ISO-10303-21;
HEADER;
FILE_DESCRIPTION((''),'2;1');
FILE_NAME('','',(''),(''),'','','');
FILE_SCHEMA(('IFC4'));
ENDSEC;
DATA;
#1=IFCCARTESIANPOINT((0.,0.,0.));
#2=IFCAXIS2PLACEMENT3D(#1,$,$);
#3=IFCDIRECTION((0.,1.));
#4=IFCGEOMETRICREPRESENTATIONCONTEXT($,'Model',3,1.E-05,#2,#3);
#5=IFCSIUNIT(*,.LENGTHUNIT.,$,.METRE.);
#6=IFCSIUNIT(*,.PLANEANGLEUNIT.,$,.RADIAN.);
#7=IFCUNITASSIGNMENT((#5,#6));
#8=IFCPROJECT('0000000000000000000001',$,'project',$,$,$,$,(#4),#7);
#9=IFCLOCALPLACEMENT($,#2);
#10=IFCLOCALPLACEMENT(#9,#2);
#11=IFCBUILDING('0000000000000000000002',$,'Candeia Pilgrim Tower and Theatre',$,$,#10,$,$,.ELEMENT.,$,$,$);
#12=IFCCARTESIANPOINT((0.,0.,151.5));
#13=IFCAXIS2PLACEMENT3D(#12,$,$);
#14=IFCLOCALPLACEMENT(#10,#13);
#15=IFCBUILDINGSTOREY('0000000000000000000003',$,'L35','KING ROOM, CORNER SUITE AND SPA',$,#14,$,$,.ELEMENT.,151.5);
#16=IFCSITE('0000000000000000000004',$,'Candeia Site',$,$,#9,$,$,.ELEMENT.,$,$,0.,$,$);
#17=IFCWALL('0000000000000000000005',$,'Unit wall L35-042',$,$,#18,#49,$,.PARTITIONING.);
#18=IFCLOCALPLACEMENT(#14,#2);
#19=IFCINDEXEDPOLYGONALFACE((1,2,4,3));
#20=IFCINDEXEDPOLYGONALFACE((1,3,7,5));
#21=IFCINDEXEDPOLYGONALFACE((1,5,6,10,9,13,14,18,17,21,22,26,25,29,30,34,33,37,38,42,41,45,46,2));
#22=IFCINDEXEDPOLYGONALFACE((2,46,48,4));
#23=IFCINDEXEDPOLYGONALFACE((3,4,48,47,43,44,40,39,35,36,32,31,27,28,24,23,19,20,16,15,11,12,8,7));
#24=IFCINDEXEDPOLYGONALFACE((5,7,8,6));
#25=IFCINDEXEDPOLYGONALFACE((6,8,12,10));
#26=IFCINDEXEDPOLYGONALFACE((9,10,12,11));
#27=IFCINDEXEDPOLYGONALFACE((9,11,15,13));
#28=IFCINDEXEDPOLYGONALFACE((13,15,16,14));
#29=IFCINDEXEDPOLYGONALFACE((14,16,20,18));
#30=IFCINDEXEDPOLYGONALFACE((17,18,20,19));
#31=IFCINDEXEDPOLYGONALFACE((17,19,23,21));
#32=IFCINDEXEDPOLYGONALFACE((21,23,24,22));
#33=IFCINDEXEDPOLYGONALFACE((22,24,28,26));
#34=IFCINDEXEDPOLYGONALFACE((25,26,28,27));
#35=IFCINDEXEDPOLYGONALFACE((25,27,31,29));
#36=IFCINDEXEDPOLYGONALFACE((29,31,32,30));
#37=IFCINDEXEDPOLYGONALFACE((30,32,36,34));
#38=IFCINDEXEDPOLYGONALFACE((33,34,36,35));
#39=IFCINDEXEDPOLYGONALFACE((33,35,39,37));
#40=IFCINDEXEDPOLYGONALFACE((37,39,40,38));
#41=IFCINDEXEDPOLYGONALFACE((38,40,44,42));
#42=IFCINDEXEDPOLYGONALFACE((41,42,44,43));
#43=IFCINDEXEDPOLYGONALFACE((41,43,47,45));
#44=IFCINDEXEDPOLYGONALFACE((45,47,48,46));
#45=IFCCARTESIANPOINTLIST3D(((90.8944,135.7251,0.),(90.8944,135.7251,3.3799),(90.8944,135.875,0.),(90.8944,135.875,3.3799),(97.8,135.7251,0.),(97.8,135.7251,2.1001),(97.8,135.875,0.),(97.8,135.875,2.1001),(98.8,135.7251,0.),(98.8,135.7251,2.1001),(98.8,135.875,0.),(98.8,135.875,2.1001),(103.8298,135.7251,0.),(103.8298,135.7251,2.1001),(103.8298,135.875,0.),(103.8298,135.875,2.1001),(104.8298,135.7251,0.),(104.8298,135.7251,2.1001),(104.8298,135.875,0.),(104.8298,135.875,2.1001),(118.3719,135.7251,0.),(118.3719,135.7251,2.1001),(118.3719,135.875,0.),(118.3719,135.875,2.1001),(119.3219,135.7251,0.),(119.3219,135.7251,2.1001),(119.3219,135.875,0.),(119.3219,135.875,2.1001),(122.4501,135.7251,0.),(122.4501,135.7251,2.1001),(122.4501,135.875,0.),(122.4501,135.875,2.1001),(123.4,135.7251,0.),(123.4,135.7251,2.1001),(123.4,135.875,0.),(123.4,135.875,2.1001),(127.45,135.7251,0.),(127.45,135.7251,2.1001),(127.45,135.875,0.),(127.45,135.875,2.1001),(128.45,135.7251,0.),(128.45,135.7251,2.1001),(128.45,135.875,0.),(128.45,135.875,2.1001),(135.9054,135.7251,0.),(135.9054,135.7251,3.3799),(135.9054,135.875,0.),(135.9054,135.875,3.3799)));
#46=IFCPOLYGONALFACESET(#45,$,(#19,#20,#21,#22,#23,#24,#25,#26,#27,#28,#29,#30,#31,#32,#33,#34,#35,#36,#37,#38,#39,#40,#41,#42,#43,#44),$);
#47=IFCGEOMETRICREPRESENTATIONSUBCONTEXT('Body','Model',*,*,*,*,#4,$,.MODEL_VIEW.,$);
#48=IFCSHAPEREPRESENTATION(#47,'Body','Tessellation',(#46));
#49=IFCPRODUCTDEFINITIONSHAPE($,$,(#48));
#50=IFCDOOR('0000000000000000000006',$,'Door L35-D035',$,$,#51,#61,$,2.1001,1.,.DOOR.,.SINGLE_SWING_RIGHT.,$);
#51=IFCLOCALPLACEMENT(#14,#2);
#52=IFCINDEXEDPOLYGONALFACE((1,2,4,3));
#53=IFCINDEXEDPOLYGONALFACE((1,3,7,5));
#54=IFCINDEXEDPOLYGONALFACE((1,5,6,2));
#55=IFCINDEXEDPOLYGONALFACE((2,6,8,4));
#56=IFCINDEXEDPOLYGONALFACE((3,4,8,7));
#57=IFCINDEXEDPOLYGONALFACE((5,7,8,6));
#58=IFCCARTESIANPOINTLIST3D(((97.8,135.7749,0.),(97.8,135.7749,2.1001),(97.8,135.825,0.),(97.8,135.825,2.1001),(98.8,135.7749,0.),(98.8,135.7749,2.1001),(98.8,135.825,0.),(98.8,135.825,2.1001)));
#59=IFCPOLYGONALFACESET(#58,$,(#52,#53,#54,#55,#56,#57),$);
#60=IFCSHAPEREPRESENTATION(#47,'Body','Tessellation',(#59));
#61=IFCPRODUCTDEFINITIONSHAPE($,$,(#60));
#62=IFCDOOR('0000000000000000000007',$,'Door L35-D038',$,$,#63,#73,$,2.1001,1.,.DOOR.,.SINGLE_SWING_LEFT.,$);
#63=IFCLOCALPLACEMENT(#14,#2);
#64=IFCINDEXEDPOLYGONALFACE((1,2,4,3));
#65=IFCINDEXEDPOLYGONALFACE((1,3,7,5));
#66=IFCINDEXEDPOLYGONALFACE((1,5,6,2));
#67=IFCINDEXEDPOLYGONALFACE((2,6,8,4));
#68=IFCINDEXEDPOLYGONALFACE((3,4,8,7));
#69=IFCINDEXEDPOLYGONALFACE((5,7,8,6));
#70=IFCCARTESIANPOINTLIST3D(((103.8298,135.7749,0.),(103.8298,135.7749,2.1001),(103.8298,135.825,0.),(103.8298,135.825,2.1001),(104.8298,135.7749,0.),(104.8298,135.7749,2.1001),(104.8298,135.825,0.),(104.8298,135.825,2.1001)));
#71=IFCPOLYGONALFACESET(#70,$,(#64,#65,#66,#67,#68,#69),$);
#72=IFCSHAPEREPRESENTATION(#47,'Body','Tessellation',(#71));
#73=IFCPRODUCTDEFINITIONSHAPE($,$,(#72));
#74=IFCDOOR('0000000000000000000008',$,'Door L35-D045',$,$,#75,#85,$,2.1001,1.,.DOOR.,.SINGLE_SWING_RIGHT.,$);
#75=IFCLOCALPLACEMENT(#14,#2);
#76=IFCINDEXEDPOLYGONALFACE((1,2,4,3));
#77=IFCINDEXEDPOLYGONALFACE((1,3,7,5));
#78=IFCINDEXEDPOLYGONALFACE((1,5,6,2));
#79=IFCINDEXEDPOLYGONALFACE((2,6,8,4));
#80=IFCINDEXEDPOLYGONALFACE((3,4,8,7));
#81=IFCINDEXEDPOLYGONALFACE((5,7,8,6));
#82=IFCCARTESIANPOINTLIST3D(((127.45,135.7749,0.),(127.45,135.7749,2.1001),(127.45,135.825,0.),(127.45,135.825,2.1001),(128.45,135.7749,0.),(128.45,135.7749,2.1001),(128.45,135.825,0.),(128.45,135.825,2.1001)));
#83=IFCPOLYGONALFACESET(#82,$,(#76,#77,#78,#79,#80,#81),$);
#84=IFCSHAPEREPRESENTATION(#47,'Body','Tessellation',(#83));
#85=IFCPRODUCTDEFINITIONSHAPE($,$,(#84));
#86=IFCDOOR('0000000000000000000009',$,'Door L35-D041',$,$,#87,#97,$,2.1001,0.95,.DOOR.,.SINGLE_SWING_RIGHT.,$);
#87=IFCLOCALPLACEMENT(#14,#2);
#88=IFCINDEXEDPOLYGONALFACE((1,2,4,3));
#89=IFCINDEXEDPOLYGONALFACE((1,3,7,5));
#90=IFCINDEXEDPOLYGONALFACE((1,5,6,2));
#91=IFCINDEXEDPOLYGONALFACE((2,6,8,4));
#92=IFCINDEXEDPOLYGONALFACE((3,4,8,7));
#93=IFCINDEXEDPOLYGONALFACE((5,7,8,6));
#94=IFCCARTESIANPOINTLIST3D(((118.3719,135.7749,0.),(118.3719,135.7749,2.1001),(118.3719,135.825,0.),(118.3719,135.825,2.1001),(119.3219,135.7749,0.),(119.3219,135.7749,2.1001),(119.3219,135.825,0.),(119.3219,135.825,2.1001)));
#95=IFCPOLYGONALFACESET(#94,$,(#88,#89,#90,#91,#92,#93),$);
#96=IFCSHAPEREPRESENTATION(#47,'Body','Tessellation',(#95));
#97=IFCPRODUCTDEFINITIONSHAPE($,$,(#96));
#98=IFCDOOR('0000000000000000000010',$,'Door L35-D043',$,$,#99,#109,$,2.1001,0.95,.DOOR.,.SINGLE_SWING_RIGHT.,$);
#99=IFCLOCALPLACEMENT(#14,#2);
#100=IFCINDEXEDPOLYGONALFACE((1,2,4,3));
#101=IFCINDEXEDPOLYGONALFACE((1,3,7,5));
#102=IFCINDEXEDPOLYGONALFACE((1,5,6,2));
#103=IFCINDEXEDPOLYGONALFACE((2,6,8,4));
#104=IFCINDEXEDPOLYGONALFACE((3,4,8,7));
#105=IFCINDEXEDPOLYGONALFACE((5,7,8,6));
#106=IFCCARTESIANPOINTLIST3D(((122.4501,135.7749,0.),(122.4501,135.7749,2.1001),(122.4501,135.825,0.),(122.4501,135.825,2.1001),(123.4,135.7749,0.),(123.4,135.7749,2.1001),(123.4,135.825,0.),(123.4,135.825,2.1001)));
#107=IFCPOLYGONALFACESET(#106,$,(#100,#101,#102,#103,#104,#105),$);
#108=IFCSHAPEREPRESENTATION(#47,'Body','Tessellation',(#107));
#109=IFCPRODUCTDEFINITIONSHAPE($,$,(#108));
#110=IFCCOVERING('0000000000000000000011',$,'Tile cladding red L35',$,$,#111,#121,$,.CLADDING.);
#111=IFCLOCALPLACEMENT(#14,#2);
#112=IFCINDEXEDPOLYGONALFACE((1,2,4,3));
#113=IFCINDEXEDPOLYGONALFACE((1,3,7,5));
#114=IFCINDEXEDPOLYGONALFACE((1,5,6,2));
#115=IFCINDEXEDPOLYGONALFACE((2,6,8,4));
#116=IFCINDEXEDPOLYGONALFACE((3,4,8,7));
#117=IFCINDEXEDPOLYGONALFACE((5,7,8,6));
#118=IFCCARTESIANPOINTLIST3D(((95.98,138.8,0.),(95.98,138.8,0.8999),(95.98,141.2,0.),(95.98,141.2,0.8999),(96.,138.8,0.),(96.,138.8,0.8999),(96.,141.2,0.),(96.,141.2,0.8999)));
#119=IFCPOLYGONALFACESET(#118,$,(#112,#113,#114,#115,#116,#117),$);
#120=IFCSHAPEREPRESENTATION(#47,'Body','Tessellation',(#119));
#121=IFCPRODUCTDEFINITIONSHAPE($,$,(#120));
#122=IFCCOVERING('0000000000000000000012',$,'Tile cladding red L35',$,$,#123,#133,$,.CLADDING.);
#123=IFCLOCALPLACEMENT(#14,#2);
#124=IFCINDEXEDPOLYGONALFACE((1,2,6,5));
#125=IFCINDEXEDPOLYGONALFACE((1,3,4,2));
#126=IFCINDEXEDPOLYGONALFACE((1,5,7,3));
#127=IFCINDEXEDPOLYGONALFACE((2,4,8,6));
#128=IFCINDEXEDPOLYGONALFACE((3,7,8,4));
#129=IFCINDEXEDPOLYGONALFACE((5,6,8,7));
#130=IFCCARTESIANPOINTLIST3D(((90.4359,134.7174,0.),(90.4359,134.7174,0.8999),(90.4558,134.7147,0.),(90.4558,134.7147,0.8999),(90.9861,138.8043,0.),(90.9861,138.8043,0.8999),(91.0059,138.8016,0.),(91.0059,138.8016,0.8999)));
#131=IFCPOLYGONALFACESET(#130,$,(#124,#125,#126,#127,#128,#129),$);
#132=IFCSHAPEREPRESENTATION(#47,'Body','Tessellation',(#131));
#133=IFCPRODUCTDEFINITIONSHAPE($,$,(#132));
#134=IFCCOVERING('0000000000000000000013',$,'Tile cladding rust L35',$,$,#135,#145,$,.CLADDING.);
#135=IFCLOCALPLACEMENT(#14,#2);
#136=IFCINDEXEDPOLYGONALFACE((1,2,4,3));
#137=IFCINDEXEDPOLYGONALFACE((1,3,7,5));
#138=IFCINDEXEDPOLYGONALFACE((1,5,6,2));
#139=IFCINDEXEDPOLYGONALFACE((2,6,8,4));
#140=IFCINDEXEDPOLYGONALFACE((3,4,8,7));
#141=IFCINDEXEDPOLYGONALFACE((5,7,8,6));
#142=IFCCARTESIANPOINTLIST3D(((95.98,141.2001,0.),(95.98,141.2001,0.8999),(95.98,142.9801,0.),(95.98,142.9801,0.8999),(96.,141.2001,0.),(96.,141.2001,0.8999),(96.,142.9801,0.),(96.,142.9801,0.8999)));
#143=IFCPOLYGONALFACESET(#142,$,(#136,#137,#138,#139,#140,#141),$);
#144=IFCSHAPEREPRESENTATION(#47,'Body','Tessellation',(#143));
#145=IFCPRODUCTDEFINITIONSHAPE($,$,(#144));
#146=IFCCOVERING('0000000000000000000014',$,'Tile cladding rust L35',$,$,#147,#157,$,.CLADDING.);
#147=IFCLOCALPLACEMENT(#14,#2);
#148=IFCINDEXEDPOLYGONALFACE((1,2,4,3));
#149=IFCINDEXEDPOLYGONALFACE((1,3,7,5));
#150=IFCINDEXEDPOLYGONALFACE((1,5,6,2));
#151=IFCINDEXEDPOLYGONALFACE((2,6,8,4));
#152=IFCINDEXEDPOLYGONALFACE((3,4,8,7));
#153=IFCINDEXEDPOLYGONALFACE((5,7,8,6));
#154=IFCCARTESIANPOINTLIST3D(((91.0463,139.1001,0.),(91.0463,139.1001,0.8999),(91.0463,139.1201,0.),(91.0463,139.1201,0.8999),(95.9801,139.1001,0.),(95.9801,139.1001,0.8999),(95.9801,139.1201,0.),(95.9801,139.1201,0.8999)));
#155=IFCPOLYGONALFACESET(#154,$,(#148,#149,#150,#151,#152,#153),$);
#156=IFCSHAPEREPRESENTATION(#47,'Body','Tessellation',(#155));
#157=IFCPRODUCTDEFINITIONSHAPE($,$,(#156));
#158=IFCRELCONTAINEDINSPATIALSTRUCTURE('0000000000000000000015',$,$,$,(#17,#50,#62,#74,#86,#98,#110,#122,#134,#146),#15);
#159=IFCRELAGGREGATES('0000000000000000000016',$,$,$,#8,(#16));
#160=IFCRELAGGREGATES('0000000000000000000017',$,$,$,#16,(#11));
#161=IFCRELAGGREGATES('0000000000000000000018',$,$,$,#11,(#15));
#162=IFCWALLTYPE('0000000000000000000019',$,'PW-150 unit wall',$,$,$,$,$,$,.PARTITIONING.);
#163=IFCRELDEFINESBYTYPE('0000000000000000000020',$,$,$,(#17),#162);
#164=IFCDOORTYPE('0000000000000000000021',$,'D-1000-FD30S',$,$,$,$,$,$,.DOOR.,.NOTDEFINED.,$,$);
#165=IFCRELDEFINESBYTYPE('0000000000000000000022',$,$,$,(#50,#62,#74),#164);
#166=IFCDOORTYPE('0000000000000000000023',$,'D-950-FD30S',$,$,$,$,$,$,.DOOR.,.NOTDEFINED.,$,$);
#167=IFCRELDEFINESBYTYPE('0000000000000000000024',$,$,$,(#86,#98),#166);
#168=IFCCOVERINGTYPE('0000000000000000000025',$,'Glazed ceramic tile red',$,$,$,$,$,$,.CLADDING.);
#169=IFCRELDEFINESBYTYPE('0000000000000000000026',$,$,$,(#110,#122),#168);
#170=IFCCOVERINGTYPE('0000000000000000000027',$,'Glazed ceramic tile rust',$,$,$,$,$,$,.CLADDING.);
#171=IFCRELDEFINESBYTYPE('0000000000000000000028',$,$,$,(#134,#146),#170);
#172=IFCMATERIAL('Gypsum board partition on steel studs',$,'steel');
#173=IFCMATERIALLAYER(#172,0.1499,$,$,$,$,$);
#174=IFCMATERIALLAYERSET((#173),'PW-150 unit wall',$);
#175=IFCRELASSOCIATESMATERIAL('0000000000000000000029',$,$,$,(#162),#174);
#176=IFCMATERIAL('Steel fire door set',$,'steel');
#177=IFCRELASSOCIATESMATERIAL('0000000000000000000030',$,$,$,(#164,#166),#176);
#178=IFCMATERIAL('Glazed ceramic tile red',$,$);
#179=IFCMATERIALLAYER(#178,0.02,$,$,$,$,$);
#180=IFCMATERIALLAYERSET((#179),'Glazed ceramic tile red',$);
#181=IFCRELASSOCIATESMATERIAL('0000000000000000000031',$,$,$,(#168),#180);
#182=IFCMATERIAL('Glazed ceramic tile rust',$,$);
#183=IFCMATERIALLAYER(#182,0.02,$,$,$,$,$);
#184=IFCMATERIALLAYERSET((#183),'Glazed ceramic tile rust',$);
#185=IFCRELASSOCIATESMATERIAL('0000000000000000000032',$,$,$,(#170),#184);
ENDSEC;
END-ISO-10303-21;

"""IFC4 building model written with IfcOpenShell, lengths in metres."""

from ifc_helpers import new_model, si_unit, direction, frame, frame_2d, origin, origin_2d, place, context, subcontext, project, spatial, rectangle, extrude, material, layer, layer_set, type_object, element, fill, save


model = new_model("IFC4")

# Units and contexts
model_context = context("Model", 3, precision=1e-05, world=origin(), true_north=direction((0.0, 1.0)))
body_context = subcontext(model_context, "Body", "Model", "MODEL_VIEW")
ifc_project = project(units=[si_unit("LENGTHUNIT", "METRE"), si_unit("PLANEANGLEUNIT", "RADIAN")], contexts=[model_context])

# Site, building, storey
site_placement = place(None, origin())
site = spatial("IfcSite", under=ifc_project, at=site_placement, Name="Candeia Site", CompositionType="ELEMENT", RefElevation=0.0)
building_placement = place(site_placement, origin())
building = spatial("IfcBuilding", under=site, at=building_placement, Name="Candeia Pilgrim Tower and Theatre", CompositionType="ELEMENT")
storey_placement = place(building_placement, frame((0.0, 0.0, 151.5)))
storey = spatial("IfcBuildingStorey", under=building, at=storey_placement, Name="L35", Description="KING ROOM, CORNER SUITE AND SPA", CompositionType="ELEMENT", Elevation=151.5)

# Shared definitions
ifc_material_1 = material(Name="Gypsum board partition on steel studs", Category="steel")

# Wall, openings, doors
ifc_layer_1 = layer(ifc_material_1, 0.1499)
ifc_layer_set_1 = layer_set([ifc_layer_1], Name="PW-150 unit wall")
wall_type_1 = type_object("IfcWallType", Name="PW-150 unit wall", PredefinedType="PARTITIONING", material=ifc_layer_set_1)
wall_1_placement = place(storey_placement, frame((90.8945, 135.8, 0.0), z_axis=(0.0, 0.0, 1.0), x_axis=(1.0, 0.0, 0.0)))
wall_1 = element("IfcWall", 1, at=wall_1_placement, inside=storey, type_object=wall_type_1, Name="Unit wall L35-042", PredefinedType="PARTITIONING", context=body_context, shape_type="SweptSolid", body=[
    extrude(rectangle(XDim=45.011, YDim=0.1499, at=frame_2d((22.5054, 0.0))), origin(), (0.0, 0.0, 1.0), 3.3799),
])
opening_1_placement = place(wall_1_placement, frame((6.9055, 0.0, 0.0)))
opening_1 = element("IfcOpeningElement", 2, at=opening_1_placement, cuts=wall_1, PredefinedType="OPENING", context=body_context, shape_type="SweptSolid", body=[
    extrude(rectangle(XDim=1.0, YDim=2.1001, at=frame_2d((0.5, 1.05))), frame((0.0, 0.085, 0.0), z_axis=(0.0, -1.0, 0.0), x_axis=(1.0, 0.0, 0.0)), (0.0, 0.0, 1.0), 0.1699),
])
opening_2_placement = place(wall_1_placement, frame((12.9353, 0.0, 0.0)))
opening_2 = element("IfcOpeningElement", 3, at=opening_2_placement, cuts=wall_1, PredefinedType="OPENING", context=body_context, shape_type="SweptSolid", body=[
    extrude(rectangle(XDim=1.0, YDim=2.1001, at=frame_2d((0.5, 1.05))), frame((0.0, 0.085, 0.0), z_axis=(0.0, -1.0, 0.0), x_axis=(1.0, 0.0, 0.0)), (0.0, 0.0, 1.0), 0.1699),
])
opening_3_placement = place(wall_1_placement, frame((27.4773, 0.0, 0.0)))
opening_3 = element("IfcOpeningElement", 4, at=opening_3_placement, cuts=wall_1, PredefinedType="OPENING", context=body_context, shape_type="SweptSolid", body=[
    extrude(rectangle(XDim=0.95, YDim=2.1001, at=frame_2d((0.4751, 1.05))), frame((0.0, 0.085, 0.0), z_axis=(0.0, -1.0, 0.0), x_axis=(1.0, 0.0, 0.0)), (0.0, 0.0, 1.0), 0.1699),
])
opening_4_placement = place(wall_1_placement, frame((31.5554, 0.0, 0.0)))
opening_4 = element("IfcOpeningElement", 5, at=opening_4_placement, cuts=wall_1, PredefinedType="OPENING", context=body_context, shape_type="SweptSolid", body=[
    extrude(rectangle(XDim=0.95, YDim=2.1001, at=frame_2d((0.4751, 1.05))), frame((0.0, 0.085, 0.0), z_axis=(0.0, -1.0, 0.0), x_axis=(1.0, 0.0, 0.0)), (0.0, 0.0, 1.0), 0.1699),
])
opening_5_placement = place(wall_1_placement, frame((36.5554, 0.0, 0.0)))
opening_5 = element("IfcOpeningElement", 6, at=opening_5_placement, cuts=wall_1, PredefinedType="OPENING", context=body_context, shape_type="SweptSolid", body=[
    extrude(rectangle(XDim=1.0, YDim=2.1001, at=frame_2d((0.5, 1.05))), frame((0.0, 0.085, 0.0), z_axis=(0.0, -1.0, 0.0), x_axis=(1.0, 0.0, 0.0)), (0.0, 0.0, 1.0), 0.1699),
])
ifc_material_2 = material(Name="Steel fire door set", Category="steel")
door_type_1 = type_object("IfcDoorType", Name="D-1000-FD30S", OperationType="NOTDEFINED", PredefinedType="DOOR", material=ifc_material_2)
door_1_placement = place(opening_1_placement, origin())
door_1 = element("IfcDoor", 7, at=door_1_placement, inside=storey, type_object=door_type_1, Name="Door L35-D035", OperationType="SINGLE_SWING_RIGHT", OverallHeight=2.1001, OverallWidth=1.0, PredefinedType="DOOR", context=body_context, shape_type="SweptSolid", body=[
    extrude(rectangle(XDim=1.0, YDim=2.1001, at=frame_2d((0.5, 1.05))), frame((0.0, 0.0249, 0.0), z_axis=(0.0, -1.0, 0.0), x_axis=(1.0, 0.0, 0.0)), (0.0, 0.0, 1.0), 0.05),
])
fill(opening_1, door_1)
door_2_placement = place(opening_2_placement, origin())
door_2 = element("IfcDoor", 8, at=door_2_placement, inside=storey, type_object=door_type_1, Name="Door L35-D038", OperationType="SINGLE_SWING_LEFT", OverallHeight=2.1001, OverallWidth=1.0, PredefinedType="DOOR", context=body_context, shape_type="SweptSolid", body=[
    extrude(rectangle(XDim=1.0, YDim=2.1001, at=frame_2d((0.5, 1.05))), frame((0.0, 0.0249, 0.0), z_axis=(0.0, -1.0, 0.0), x_axis=(1.0, 0.0, 0.0)), (0.0, 0.0, 1.0), 0.05),
])
fill(opening_2, door_2)
door_3_placement = place(opening_5_placement, origin())
door_3 = element("IfcDoor", 9, at=door_3_placement, inside=storey, type_object=door_type_1, Name="Door L35-D045", OperationType="SINGLE_SWING_RIGHT", OverallHeight=2.1001, OverallWidth=1.0, PredefinedType="DOOR", context=body_context, shape_type="SweptSolid", body=[
    extrude(rectangle(XDim=1.0, YDim=2.1001, at=frame_2d((0.5, 1.05))), frame((0.0, 0.0249, 0.0), z_axis=(0.0, -1.0, 0.0), x_axis=(1.0, 0.0, 0.0)), (0.0, 0.0, 1.0), 0.05),
])
fill(opening_5, door_3)
door_type_2 = type_object("IfcDoorType", Name="D-950-FD30S", OperationType="NOTDEFINED", PredefinedType="DOOR", material=ifc_material_2)
door_4_placement = place(opening_3_placement, origin())
door_4 = element("IfcDoor", 10, at=door_4_placement, inside=storey, type_object=door_type_2, Name="Door L35-D041", OperationType="SINGLE_SWING_RIGHT", OverallHeight=2.1001, OverallWidth=0.95, PredefinedType="DOOR", context=body_context, shape_type="SweptSolid", body=[
    extrude(rectangle(XDim=0.95, YDim=2.1001, at=frame_2d((0.4751, 1.05))), frame((0.0, 0.0249, 0.0), z_axis=(0.0, -1.0, 0.0), x_axis=(1.0, 0.0, 0.0)), (0.0, 0.0, 1.0), 0.05),
])
fill(opening_3, door_4)
door_5_placement = place(opening_4_placement, origin())
door_5 = element("IfcDoor", 11, at=door_5_placement, inside=storey, type_object=door_type_2, Name="Door L35-D043", OperationType="SINGLE_SWING_RIGHT", OverallHeight=2.1001, OverallWidth=0.95, PredefinedType="DOOR", context=body_context, shape_type="SweptSolid", body=[
    extrude(rectangle(XDim=0.95, YDim=2.1001, at=frame_2d((0.4751, 1.05))), frame((0.0, 0.0249, 0.0), z_axis=(0.0, -1.0, 0.0), x_axis=(1.0, 0.0, 0.0)), (0.0, 0.0, 1.0), 0.05),
])
fill(opening_4, door_5)

# Coverings
ifc_material_3 = material(Name="Glazed ceramic tile red")
ifc_layer_2 = layer(ifc_material_3, 0.02)
ifc_layer_set_2 = layer_set([ifc_layer_2], Name="Glazed ceramic tile red")
covering_type_1 = type_object("IfcCoveringType", Name="Glazed ceramic tile red", PredefinedType="CLADDING", material=ifc_layer_set_2)
covering_1_placement = place(storey_placement, frame((95.99, 140.0, 0.0), z_axis=(0.0, 0.0, 1.0), x_axis=(0.0, -1.0, 0.0)))
element("IfcCovering", 12, at=covering_1_placement, inside=storey, type_object=covering_type_1, Name="Tile cladding red L35", PredefinedType="CLADDING", context=body_context, shape_type="SweptSolid", body=[
    extrude(rectangle(XDim=2.3999, YDim=0.02, at=origin_2d()), origin(), (0.0, 0.0, 1.0), 0.8999),
])
covering_2_placement = place(storey_placement, frame((90.7209, 136.7595, 0.0), z_axis=(0.0, 0.0, 1.0), x_axis=(-0.133412, -0.991061, 0.0)))
element("IfcCovering", 13, at=covering_2_placement, inside=storey, type_object=covering_type_1, Name="Tile cladding red L35", PredefinedType="CLADDING", context=body_context, shape_type="SweptSolid", body=[
    extrude(rectangle(XDim=4.1238, YDim=0.02, at=origin_2d()), origin(), (0.0, 0.0, 1.0), 0.8999),
])
ifc_material_4 = material(Name="Glazed ceramic tile rust")
ifc_layer_3 = layer(ifc_material_4, 0.02)
ifc_layer_set_3 = layer_set([ifc_layer_3], Name="Glazed ceramic tile rust")
covering_type_2 = type_object("IfcCoveringType", Name="Glazed ceramic tile rust", PredefinedType="CLADDING", material=ifc_layer_set_3)
covering_3_placement = place(storey_placement, frame((95.99, 142.0901, 0.0), z_axis=(0.0, 0.0, 1.0), x_axis=(0.0, -1.0, 0.0)))
element("IfcCovering", 14, at=covering_3_placement, inside=storey, type_object=covering_type_2, Name="Tile cladding rust L35", PredefinedType="CLADDING", context=body_context, shape_type="SweptSolid", body=[
    extrude(rectangle(XDim=1.78, YDim=0.02, at=origin_2d()), origin(), (0.0, 0.0, 1.0), 0.8999),
])
covering_4_placement = place(storey_placement, frame((93.5132, 139.1101, 0.0), z_axis=(0.0, 0.0, 1.0), x_axis=(-1.0, 0.0, 0.0)))
element("IfcCovering", 15, at=covering_4_placement, inside=storey, type_object=covering_type_2, Name="Tile cladding rust L35", PredefinedType="CLADDING", context=body_context, shape_type="SweptSolid", body=[
    extrude(rectangle(XDim=4.9338, YDim=0.02, at=origin_2d()), origin(), (0.0, 0.0, 1.0), 0.8999),
])

save(model, "model.ifc")
